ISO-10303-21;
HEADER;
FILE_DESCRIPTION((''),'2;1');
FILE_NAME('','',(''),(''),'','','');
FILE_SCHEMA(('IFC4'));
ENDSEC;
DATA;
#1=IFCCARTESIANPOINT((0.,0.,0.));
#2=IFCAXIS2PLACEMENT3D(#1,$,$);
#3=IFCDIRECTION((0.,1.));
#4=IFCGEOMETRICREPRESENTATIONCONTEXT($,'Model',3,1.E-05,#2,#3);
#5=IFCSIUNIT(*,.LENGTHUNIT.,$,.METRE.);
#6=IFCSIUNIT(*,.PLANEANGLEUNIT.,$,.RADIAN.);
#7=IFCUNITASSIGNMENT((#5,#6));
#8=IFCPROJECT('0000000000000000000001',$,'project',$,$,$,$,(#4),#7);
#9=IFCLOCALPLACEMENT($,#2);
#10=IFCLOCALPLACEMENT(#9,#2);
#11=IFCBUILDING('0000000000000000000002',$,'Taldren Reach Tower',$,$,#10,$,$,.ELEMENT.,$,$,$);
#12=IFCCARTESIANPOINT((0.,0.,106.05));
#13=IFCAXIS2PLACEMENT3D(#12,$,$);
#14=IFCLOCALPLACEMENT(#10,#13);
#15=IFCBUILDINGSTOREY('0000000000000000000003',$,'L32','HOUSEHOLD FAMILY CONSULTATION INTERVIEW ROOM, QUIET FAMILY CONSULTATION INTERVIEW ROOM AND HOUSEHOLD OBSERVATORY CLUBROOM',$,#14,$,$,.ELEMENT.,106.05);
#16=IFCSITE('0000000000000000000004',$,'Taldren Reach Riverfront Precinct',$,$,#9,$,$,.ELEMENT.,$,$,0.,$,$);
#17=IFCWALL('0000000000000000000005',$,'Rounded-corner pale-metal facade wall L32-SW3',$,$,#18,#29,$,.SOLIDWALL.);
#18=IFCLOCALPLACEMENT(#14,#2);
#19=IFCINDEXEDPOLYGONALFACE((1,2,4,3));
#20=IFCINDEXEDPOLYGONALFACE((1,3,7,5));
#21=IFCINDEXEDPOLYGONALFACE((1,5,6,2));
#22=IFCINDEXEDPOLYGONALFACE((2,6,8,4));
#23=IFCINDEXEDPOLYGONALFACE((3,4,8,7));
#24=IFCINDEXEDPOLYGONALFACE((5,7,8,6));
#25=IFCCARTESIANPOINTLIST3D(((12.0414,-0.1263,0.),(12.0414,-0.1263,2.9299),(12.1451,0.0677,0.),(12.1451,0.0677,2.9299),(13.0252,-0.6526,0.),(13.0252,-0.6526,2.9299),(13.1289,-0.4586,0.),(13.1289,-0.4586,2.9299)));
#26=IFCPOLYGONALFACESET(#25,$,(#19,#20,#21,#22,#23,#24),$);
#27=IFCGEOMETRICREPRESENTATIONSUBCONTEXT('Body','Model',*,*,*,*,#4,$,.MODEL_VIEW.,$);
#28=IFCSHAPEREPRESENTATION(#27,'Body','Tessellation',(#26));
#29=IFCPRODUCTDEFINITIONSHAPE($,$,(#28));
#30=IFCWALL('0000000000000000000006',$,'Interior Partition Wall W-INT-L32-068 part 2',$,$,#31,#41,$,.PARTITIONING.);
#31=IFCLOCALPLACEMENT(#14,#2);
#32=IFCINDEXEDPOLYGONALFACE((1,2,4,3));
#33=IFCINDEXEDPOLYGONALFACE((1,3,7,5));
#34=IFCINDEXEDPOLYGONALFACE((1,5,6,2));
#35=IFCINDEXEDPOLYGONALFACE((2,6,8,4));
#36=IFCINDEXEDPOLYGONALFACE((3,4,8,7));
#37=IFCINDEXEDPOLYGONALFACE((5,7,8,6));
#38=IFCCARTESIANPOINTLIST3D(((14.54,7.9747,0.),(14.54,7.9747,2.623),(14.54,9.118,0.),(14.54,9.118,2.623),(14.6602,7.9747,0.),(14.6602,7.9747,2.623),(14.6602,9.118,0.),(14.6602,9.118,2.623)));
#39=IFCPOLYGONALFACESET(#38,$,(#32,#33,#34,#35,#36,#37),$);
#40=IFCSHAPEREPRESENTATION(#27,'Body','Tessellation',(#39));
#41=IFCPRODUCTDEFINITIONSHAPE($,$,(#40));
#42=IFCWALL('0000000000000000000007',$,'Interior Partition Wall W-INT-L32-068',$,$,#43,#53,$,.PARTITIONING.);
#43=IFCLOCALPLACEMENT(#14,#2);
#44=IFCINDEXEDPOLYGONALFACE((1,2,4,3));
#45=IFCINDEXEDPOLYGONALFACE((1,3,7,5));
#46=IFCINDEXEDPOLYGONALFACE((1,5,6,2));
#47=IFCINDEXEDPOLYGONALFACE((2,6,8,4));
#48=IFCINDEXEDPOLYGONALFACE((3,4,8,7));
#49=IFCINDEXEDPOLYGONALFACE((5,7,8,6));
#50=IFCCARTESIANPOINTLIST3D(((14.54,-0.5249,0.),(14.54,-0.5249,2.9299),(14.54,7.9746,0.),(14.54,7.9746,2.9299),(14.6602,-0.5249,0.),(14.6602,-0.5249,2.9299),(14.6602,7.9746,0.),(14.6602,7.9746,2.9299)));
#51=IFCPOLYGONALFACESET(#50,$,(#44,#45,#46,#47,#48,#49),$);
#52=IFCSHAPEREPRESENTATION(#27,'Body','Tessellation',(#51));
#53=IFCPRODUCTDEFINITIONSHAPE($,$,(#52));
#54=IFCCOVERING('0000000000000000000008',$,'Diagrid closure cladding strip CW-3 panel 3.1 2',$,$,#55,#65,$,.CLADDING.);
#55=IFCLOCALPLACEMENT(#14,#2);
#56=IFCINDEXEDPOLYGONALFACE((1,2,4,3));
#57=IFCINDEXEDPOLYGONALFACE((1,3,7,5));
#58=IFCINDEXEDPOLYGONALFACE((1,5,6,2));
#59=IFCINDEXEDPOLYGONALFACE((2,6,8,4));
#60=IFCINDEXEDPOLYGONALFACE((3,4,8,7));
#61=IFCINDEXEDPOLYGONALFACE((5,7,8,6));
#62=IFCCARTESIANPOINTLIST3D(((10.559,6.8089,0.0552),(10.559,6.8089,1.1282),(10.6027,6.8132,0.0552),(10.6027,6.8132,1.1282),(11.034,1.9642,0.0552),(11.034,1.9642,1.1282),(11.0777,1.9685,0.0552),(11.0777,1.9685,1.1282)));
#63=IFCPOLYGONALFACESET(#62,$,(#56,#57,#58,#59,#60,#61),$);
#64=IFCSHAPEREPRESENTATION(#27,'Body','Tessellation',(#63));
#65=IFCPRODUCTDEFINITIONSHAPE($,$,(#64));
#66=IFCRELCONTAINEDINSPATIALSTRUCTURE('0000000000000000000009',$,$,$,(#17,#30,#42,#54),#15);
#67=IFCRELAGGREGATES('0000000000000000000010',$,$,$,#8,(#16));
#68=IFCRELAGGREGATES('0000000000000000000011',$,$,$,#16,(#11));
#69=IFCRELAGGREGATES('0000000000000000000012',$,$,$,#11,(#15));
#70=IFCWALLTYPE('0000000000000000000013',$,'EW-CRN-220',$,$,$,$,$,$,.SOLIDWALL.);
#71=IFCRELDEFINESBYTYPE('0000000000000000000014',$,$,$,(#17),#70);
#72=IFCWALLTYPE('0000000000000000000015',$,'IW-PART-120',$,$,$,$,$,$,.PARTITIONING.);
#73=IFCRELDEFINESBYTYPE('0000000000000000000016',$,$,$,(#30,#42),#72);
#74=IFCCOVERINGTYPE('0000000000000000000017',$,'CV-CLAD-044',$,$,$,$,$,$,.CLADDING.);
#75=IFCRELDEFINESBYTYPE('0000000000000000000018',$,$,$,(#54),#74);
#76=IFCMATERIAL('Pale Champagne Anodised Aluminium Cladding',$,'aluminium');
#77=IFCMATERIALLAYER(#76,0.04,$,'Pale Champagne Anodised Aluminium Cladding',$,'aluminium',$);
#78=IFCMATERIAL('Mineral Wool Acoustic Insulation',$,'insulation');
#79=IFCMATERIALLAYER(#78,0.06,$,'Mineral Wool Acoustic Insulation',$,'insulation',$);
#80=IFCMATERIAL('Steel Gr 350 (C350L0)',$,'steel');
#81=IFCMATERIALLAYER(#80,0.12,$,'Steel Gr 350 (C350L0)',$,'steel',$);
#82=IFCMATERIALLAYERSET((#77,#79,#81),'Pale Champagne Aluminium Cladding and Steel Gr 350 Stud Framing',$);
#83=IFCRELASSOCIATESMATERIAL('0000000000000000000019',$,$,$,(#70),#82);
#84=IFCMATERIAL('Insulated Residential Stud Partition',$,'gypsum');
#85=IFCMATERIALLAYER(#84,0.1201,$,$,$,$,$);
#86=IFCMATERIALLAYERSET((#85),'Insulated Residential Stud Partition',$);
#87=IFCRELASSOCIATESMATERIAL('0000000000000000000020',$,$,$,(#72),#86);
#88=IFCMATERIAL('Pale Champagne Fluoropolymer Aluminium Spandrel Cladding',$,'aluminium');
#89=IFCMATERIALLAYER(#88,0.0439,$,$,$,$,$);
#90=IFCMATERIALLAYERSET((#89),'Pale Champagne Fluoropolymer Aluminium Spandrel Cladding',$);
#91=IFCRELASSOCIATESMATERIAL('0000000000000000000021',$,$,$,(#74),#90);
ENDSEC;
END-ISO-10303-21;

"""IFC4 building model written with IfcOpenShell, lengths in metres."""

from ifc_helpers import new_model, si_unit, direction, frame, frame_2d, origin, origin_2d, place, context, subcontext, project, spatial, rectangle, extrude, source, transform, mapped, material, layer, layer_set, type_object, element, save


model = new_model("IFC4")

# Units and contexts
model_context = context("Model", 3, precision=1e-05, world=origin(), true_north=direction((0.0, 1.0)))
body_context = subcontext(model_context, "Body", "Model", "MODEL_VIEW")
ifc_project = project(units=[si_unit("LENGTHUNIT", "METRE"), si_unit("PLANEANGLEUNIT", "RADIAN")], contexts=[model_context])

# Site, building, storey
site_placement = place(None, origin())
site = spatial("IfcSite", under=ifc_project, at=site_placement, Name="Taldren Reach Riverfront Precinct", CompositionType="ELEMENT", RefElevation=0.0)
building_placement = place(site_placement, origin())
building = spatial("IfcBuilding", under=site, at=building_placement, Name="Taldren Reach Tower", CompositionType="ELEMENT")
storey_placement = place(building_placement, frame((0.0, 0.0, 106.05)))
storey = spatial("IfcBuildingStorey", under=building, at=storey_placement, Name="L32", Description="HOUSEHOLD FAMILY CONSULTATION INTERVIEW ROOM, QUIET FAMILY CONSULTATION INTERVIEW ROOM AND HOUSEHOLD OBSERVATORY CLUBROOM", CompositionType="ELEMENT", Elevation=106.05)

# Shared definitions
ifc_material_1 = material(Name="Steel Gr 350 (C350L0)", Category="steel")

# Walls
ifc_material_2 = material(Name="Pale Champagne Anodised Aluminium Cladding", Category="aluminium")
ifc_layer_1 = layer(ifc_material_2, 0.04, Name="Pale Champagne Anodised Aluminium Cladding", Category="aluminium")
ifc_material_3 = material(Name="Mineral Wool Acoustic Insulation", Category="insulation")
ifc_layer_2 = layer(ifc_material_3, 0.06, Name="Mineral Wool Acoustic Insulation", Category="insulation")
ifc_layer_3 = layer(ifc_material_1, 0.12, Name="Steel Gr 350 (C350L0)", Category="steel")
ifc_layer_set_1 = layer_set([ifc_layer_1, ifc_layer_2, ifc_layer_3], Name="Pale Champagne Aluminium Cladding and Steel Gr 350 Stud Framing")
wall_type_1 = type_object("IfcWallType", Name="EW-CRN-220", PredefinedType="SOLIDWALL", material=ifc_layer_set_1)
shared_shape_1 = source(origin(), body_context, "Body", "SweptSolid", [
    extrude(rectangle(XDim=1.1157, YDim=0.22, at=frame_2d((0.5579, 0.0))), origin(), (0.0, 0.0, 1.0), 2.9299),
])
wall_1_placement = place(storey_placement, frame((12.0933, -0.0293, 0.0), z_axis=(0.0, 0.0, 1.0), x_axis=(0.881747, -0.471723, 0.0)))
element("IfcWall", 1, at=wall_1_placement, inside=storey, type_object=wall_type_1, Name="Rounded-corner pale-metal facade wall L32-SW3", PredefinedType="SOLIDWALL", context=body_context, shape_type="MappedRepresentation", body=[
    mapped(shared_shape_1, transform((0.0, 0.0, 0.0), scale=1.0)),
])
ifc_material_4 = material(Name="Insulated Residential Stud Partition", Category="gypsum")
ifc_layer_4 = layer(ifc_material_4, 0.1201)
ifc_layer_set_2 = layer_set([ifc_layer_4], Name="Insulated Residential Stud Partition")
wall_type_2 = type_object("IfcWallType", Name="IW-PART-120", PredefinedType="PARTITIONING", material=ifc_layer_set_2)
shared_shape_2 = source(origin(), body_context, "Body", "SweptSolid", [
    extrude(rectangle(XDim=1.1433, YDim=0.1201, at=frame_2d((0.5718, 0.0))), origin(), (0.0, 0.0, 1.0), 2.623),
])
wall_2_placement = place(storey_placement, frame((14.6001, 7.9746, 0.0), z_axis=(0.0, 0.0, 1.0), x_axis=(0.0, 1.0, 0.0)))
element("IfcWall", 2, at=wall_2_placement, inside=storey, type_object=wall_type_2, Name="Interior Partition Wall W-INT-L32-068 part 2", PredefinedType="PARTITIONING", context=body_context, shape_type="MappedRepresentation", body=[
    mapped(shared_shape_2, transform((0.0, 0.0, 0.0), scale=1.0)),
])
shared_shape_3 = source(origin(), body_context, "Body", "SweptSolid", [
    extrude(rectangle(XDim=8.4995, YDim=0.1201, at=frame_2d((4.2498, 0.0))), origin(), (0.0, 0.0, 1.0), 2.9299),
])
wall_3_placement = place(storey_placement, frame((14.6001, -0.5249, 0.0), z_axis=(0.0, 0.0, 1.0), x_axis=(0.0, 1.0, 0.0)))
element("IfcWall", 3, at=wall_3_placement, inside=storey, type_object=wall_type_2, Name="Interior Partition Wall W-INT-L32-068", PredefinedType="PARTITIONING", context=body_context, shape_type="MappedRepresentation", body=[
    mapped(shared_shape_3, transform((0.0, 0.0, 0.0), scale=1.0)),
])

# Covering
ifc_material_5 = material(Name="Pale Champagne Fluoropolymer Aluminium Spandrel Cladding", Category="aluminium")
ifc_layer_5 = layer(ifc_material_5, 0.0439)
ifc_layer_set_3 = layer_set([ifc_layer_5], Name="Pale Champagne Fluoropolymer Aluminium Spandrel Cladding")
covering_type = type_object("IfcCoveringType", Name="CV-CLAD-044", PredefinedType="CLADDING", material=ifc_layer_set_3)
shared_shape_4 = source(origin(), body_context, "Body", "SweptSolid", [
    extrude(rectangle(XDim=4.8679, YDim=0.0439, at=origin_2d()), origin(), (0.0, 0.0, 1.0), 1.073),
])
covering_placement = place(storey_placement, frame((10.8184, 4.3887, 0.0552), z_axis=(0.0, 0.0, 1.0), x_axis=(0.097583, -0.995227, 0.0)))
element("IfcCovering", 4, at=covering_placement, inside=storey, type_object=covering_type, Name="Diagrid closure cladding strip CW-3 panel 3.1 2", PredefinedType="CLADDING", context=body_context, shape_type="MappedRepresentation", body=[
    mapped(shared_shape_4, transform((0.0, 0.0, 0.0), scale=1.0)),
])

save(model, "model.ifc")
